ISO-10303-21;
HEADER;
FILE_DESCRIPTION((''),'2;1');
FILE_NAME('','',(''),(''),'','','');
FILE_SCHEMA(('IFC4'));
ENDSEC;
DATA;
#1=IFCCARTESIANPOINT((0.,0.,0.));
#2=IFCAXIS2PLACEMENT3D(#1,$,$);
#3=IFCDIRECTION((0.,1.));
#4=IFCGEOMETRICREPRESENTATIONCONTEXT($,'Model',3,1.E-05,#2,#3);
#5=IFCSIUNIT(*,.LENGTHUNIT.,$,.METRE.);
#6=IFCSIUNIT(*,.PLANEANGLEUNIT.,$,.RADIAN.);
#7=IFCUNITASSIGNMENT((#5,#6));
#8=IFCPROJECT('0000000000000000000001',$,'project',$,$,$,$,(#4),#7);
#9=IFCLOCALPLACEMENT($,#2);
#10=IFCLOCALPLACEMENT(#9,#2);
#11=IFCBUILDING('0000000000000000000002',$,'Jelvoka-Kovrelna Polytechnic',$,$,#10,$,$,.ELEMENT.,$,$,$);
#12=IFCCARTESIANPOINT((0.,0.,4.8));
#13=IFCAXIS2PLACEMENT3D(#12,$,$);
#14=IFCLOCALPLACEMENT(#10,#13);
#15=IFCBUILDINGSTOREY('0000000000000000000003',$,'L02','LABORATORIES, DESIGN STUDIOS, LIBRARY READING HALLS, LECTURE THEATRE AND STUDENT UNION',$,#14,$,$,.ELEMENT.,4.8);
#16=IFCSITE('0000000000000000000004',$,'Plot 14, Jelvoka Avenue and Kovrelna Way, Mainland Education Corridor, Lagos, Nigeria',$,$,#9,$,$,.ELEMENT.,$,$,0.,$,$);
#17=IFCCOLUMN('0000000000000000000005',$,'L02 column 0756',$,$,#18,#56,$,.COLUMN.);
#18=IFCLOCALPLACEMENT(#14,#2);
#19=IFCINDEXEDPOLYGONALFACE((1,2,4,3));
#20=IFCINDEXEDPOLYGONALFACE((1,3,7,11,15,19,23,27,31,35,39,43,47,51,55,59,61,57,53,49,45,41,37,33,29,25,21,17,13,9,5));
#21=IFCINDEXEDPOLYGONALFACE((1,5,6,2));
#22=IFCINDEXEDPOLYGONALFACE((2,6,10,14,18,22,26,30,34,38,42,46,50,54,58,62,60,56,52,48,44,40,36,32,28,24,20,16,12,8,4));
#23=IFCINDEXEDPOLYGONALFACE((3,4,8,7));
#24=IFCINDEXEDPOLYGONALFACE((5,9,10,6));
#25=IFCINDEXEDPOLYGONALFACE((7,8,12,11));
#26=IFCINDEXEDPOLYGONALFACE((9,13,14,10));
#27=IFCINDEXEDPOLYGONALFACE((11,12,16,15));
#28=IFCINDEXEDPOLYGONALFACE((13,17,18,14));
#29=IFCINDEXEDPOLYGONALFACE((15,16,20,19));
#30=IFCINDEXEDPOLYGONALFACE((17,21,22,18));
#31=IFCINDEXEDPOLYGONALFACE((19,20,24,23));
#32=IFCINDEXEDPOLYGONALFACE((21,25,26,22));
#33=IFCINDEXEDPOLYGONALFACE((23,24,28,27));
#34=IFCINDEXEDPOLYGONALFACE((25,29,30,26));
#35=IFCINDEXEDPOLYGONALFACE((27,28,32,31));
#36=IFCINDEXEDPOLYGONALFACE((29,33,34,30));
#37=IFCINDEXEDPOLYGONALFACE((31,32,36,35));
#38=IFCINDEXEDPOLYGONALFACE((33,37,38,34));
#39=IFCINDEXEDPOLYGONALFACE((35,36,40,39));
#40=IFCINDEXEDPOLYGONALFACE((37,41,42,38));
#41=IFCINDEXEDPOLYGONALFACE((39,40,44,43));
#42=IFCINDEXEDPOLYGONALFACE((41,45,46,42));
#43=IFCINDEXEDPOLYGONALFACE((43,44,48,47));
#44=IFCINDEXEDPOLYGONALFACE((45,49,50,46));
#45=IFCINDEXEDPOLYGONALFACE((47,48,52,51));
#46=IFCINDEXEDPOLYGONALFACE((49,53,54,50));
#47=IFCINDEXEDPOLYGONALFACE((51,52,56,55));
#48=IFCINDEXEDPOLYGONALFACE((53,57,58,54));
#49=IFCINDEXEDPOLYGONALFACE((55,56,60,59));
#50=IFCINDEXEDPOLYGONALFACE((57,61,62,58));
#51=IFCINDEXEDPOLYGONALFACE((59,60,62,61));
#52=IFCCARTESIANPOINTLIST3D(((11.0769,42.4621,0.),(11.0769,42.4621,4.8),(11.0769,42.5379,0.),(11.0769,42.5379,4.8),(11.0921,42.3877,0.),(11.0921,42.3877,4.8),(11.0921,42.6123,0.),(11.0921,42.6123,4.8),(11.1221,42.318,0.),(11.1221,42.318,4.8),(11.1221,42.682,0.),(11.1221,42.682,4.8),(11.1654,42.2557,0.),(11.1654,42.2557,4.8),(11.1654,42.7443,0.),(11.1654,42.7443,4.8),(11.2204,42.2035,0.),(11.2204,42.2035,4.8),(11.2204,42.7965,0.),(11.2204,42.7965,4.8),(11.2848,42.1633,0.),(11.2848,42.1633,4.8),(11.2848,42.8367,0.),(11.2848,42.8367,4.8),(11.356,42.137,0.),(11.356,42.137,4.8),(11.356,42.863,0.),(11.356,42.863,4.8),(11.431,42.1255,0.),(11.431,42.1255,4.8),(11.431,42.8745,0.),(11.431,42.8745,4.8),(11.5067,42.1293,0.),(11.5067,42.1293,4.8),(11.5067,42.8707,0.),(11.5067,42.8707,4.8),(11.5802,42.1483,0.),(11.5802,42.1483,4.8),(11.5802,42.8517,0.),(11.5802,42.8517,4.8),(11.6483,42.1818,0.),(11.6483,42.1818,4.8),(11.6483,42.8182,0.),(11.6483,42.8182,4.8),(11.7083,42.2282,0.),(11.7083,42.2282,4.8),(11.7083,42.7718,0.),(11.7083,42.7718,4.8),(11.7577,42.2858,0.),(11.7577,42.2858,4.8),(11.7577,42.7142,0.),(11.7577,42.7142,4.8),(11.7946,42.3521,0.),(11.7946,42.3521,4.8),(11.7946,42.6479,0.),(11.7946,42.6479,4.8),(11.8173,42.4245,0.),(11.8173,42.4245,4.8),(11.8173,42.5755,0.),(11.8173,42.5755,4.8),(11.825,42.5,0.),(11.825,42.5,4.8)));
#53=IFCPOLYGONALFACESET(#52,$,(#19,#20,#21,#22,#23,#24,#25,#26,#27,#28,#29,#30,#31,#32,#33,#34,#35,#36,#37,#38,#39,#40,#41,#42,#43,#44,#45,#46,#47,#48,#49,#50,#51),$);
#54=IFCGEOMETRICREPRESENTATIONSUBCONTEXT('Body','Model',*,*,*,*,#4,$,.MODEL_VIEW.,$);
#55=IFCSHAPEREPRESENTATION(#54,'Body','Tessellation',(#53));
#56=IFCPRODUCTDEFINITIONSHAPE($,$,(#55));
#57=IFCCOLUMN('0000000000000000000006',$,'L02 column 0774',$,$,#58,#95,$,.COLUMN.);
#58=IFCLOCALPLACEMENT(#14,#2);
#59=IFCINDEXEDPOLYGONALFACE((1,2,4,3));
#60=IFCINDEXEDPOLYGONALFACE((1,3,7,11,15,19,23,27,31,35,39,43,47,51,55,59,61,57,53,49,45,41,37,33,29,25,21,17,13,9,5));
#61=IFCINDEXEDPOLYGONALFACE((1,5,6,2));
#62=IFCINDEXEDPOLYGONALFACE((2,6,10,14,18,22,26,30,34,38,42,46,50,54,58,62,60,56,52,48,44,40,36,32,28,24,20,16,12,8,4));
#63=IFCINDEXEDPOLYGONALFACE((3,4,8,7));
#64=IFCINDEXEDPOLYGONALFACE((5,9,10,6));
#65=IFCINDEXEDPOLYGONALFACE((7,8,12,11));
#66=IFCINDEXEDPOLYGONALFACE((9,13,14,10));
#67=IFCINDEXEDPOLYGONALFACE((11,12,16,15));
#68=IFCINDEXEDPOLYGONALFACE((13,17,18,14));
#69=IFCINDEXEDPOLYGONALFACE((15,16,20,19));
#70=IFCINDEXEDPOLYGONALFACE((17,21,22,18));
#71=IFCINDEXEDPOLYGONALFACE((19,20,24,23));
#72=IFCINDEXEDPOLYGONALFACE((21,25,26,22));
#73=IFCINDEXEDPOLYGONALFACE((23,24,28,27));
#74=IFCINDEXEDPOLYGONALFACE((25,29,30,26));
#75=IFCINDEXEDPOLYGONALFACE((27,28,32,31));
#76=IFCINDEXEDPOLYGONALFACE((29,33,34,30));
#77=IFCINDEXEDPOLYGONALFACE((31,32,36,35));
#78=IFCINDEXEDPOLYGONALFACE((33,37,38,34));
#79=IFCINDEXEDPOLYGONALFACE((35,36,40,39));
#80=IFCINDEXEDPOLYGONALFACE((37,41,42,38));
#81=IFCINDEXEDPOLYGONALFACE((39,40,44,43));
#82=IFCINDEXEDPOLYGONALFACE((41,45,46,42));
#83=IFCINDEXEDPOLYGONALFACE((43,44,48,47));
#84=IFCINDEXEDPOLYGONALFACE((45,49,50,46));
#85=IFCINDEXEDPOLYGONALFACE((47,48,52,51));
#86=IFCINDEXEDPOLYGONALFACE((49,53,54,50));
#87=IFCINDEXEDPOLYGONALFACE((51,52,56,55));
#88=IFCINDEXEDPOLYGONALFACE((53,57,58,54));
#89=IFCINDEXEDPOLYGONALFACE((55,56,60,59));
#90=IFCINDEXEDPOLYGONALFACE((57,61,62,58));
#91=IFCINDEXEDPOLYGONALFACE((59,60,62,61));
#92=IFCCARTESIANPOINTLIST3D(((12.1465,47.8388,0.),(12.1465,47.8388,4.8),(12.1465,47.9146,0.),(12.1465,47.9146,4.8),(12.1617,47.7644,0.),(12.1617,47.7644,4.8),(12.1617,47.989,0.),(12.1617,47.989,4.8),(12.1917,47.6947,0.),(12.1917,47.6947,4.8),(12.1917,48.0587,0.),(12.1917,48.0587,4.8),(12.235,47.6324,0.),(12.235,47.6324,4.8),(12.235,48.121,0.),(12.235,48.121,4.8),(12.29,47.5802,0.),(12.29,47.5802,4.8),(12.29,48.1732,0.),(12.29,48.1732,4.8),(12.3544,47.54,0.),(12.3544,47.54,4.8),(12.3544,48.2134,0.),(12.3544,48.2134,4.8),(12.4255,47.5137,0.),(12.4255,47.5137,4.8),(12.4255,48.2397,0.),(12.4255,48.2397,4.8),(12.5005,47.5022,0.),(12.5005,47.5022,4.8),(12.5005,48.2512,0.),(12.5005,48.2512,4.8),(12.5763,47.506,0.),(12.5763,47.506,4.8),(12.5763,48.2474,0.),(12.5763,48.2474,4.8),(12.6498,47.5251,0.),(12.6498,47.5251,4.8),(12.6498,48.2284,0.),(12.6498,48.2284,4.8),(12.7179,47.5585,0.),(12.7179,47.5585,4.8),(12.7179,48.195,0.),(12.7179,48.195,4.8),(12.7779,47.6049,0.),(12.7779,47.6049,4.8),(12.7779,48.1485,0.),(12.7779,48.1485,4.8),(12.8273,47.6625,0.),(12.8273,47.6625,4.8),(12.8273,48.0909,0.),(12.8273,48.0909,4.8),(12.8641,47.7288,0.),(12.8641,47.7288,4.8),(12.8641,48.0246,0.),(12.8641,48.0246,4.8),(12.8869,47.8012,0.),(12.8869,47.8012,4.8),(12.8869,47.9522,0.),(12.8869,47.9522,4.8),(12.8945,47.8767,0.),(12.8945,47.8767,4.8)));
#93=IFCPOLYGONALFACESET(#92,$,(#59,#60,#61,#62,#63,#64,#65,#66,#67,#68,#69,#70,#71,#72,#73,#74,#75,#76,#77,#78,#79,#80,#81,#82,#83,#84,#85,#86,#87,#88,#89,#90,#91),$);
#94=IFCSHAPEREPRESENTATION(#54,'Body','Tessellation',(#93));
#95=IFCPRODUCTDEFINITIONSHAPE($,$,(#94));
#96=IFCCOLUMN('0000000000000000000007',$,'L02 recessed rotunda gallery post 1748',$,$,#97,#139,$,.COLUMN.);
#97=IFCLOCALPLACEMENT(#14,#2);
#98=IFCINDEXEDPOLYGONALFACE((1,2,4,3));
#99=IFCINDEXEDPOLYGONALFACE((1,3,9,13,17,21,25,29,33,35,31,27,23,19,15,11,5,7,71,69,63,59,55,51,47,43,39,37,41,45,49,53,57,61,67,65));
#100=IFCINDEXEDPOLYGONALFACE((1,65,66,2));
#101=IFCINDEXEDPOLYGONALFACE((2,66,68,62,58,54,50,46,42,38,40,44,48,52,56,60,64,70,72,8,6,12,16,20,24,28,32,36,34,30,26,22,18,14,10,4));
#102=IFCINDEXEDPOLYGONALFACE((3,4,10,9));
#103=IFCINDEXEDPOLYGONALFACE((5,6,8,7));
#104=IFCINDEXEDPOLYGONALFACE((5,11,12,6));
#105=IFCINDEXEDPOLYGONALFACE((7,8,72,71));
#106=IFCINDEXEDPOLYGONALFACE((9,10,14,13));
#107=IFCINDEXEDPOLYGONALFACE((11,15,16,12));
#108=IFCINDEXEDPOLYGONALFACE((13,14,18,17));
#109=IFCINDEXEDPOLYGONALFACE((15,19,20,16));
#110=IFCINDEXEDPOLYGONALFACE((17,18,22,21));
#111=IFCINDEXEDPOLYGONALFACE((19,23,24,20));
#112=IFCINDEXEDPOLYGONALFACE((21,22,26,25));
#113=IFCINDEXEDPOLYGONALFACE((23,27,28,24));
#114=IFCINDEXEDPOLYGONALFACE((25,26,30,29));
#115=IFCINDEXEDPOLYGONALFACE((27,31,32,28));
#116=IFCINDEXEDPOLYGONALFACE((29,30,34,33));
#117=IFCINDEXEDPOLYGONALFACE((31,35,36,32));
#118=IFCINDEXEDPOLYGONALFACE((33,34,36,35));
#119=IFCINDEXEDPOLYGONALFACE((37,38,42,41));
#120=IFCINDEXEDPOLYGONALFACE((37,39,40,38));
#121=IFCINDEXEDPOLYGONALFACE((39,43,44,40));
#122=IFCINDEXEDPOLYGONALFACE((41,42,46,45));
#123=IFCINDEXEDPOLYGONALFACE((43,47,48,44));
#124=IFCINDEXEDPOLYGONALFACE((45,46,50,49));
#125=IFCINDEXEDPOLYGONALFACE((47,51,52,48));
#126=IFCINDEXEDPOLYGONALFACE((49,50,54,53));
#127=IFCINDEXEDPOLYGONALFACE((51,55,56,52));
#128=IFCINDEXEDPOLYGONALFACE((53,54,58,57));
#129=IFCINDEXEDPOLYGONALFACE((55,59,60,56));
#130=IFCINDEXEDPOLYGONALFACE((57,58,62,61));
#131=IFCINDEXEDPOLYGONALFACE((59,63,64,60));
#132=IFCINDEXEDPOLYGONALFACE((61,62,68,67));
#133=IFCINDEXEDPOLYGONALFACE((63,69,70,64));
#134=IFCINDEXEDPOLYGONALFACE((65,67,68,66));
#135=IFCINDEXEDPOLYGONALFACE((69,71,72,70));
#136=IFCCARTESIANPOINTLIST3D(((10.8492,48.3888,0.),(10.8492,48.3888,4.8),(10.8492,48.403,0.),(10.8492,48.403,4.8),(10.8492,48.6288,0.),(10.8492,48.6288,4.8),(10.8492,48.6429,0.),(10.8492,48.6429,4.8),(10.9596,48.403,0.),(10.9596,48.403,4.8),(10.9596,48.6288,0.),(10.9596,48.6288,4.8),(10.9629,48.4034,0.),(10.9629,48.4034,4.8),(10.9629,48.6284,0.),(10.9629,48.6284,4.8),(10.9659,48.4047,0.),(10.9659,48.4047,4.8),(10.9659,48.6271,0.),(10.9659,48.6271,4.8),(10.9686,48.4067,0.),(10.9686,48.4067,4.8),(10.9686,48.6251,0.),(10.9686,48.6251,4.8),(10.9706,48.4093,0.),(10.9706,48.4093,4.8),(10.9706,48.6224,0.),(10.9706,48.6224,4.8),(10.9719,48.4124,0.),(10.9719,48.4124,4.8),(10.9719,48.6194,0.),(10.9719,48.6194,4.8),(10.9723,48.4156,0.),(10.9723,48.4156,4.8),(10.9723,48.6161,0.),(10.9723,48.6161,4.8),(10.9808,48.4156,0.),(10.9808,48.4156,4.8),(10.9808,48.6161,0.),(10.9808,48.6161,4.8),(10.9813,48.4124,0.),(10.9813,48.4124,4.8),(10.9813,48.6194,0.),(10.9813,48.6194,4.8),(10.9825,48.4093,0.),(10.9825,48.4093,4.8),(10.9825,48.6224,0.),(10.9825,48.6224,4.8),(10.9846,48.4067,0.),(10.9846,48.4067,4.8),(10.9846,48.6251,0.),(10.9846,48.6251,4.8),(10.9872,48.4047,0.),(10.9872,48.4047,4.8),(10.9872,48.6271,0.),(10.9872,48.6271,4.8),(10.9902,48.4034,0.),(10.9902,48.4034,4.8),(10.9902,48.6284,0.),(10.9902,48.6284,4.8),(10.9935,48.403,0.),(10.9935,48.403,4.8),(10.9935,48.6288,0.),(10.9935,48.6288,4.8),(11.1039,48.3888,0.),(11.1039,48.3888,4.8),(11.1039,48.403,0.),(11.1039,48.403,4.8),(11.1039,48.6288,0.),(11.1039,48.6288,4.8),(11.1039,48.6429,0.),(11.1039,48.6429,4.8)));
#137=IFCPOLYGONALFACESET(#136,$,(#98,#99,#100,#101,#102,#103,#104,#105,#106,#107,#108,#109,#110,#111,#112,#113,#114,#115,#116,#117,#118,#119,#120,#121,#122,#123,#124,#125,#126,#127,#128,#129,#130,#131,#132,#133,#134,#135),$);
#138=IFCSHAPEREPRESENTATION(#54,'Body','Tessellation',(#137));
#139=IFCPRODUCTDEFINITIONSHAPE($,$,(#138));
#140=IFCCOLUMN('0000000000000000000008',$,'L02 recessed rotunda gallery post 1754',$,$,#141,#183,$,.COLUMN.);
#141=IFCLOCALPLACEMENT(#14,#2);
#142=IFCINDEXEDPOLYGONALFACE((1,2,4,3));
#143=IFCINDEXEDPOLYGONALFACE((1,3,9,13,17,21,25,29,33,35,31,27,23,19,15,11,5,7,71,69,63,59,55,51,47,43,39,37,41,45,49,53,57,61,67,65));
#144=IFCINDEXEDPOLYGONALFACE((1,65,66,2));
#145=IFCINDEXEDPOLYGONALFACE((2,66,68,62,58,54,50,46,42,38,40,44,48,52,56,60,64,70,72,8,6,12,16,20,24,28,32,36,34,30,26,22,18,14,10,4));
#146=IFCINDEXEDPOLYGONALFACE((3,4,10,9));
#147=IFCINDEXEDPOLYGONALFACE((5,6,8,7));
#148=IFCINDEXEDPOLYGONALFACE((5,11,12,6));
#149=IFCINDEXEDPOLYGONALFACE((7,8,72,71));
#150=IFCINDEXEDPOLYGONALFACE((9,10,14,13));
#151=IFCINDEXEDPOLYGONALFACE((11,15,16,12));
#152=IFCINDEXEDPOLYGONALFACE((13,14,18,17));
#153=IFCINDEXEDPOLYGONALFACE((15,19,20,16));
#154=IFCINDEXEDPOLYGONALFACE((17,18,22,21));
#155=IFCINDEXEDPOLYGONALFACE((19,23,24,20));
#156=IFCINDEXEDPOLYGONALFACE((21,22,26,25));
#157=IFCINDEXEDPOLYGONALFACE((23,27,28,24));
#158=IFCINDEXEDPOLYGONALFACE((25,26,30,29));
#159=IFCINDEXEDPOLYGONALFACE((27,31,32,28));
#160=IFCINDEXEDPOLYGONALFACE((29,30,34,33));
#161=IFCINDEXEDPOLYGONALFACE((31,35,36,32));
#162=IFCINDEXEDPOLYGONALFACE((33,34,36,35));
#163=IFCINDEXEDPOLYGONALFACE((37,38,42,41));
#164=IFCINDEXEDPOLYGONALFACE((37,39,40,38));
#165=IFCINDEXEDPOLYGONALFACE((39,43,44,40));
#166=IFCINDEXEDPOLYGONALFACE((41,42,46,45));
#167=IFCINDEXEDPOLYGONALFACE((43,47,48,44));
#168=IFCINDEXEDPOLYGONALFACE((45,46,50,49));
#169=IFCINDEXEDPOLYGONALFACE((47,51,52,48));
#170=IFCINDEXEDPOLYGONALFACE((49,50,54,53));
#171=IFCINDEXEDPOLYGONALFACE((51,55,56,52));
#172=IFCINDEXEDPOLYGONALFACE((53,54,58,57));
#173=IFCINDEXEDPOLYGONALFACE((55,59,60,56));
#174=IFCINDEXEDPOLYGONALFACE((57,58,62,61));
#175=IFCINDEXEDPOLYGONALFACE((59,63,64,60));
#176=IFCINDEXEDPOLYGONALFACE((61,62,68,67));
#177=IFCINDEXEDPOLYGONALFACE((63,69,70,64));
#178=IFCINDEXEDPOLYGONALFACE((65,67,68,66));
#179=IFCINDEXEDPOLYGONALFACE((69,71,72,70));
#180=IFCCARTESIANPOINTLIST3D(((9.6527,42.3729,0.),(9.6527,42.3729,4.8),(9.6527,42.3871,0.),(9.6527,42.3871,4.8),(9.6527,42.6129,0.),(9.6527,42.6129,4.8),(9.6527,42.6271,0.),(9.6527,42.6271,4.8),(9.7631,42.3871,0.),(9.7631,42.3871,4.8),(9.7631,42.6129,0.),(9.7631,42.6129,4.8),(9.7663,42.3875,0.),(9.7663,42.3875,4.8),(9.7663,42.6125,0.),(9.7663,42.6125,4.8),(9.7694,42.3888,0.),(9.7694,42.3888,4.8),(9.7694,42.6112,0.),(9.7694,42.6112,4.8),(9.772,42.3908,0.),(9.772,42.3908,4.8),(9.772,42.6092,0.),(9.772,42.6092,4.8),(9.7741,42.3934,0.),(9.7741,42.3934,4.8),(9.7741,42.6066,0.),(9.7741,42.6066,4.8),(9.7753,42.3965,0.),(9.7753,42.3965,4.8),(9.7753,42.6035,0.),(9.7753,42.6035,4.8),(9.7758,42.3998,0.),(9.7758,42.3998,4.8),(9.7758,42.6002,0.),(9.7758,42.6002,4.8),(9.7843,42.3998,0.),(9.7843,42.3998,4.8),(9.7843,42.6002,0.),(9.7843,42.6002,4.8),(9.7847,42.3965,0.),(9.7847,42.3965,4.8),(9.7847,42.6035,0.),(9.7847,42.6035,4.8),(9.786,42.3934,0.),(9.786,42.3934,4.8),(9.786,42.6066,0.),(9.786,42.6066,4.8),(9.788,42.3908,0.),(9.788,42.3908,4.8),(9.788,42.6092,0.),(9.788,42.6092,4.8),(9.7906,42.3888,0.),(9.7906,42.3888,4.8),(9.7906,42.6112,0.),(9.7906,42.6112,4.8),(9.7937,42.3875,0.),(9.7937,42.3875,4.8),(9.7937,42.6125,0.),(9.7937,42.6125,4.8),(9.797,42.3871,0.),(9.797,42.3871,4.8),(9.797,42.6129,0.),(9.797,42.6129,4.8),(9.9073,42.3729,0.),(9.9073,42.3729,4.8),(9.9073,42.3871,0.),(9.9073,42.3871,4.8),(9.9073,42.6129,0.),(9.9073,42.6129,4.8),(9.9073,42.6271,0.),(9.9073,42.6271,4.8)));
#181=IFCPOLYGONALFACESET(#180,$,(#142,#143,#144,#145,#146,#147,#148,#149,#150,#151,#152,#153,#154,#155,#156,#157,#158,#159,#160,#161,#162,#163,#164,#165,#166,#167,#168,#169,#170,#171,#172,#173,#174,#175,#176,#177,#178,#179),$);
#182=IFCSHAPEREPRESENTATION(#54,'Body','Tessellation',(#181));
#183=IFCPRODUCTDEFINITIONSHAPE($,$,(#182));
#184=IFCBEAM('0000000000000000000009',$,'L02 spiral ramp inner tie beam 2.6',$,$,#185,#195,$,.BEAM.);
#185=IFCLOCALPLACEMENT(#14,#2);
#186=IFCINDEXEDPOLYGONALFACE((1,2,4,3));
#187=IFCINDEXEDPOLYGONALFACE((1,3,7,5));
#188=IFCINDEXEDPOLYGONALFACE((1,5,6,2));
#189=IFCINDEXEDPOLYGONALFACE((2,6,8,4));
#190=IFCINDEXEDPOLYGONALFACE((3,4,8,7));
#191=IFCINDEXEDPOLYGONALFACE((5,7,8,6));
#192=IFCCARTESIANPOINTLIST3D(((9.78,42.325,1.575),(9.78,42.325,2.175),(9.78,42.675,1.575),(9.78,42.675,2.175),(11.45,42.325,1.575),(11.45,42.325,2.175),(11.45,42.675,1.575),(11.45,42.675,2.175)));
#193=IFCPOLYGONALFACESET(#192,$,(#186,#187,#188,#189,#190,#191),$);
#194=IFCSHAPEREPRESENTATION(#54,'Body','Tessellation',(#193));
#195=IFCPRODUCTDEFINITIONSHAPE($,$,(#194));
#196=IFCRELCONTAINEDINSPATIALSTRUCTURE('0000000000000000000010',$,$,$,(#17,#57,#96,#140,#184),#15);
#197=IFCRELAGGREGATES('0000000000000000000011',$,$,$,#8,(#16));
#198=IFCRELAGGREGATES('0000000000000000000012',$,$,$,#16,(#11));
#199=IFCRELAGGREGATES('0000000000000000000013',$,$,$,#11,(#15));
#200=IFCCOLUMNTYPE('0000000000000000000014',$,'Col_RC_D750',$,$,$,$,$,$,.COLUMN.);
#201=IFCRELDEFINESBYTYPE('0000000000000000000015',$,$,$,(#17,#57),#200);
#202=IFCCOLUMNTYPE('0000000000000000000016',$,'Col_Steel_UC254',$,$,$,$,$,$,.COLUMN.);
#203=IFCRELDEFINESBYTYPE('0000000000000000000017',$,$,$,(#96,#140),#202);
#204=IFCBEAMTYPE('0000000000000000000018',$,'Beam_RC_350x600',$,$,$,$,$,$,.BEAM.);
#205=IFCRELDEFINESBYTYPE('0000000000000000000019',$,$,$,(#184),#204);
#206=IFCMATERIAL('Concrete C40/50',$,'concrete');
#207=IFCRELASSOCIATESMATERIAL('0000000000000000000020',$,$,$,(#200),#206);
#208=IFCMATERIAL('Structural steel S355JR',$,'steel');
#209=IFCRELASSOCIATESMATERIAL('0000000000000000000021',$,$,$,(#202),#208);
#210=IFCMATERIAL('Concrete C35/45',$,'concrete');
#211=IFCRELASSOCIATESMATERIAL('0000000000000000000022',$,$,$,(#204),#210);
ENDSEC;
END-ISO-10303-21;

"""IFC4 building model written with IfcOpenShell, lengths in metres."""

from ifc_helpers import new_model, si_unit, direction, frame, origin, origin_2d, place, context, subcontext, project, spatial, rectangle, circle, i_section, extrude, material, material_profile, profile_set, type_object, element, save


model = new_model("IFC4")

# Units and contexts
model_context = context("Model", 3, precision=1e-05, world=origin(), true_north=direction((0.0, 1.0)))
body_context = subcontext(model_context, "Body", "Model", "MODEL_VIEW")
ifc_project = project(units=[si_unit("LENGTHUNIT", "METRE"), si_unit("PLANEANGLEUNIT", "RADIAN")], contexts=[model_context])

# Site, building, storey
site_placement = place(None, origin())
site = spatial("IfcSite", under=ifc_project, at=site_placement, Name="Plot 14, Jelvoka Avenue and Kovrelna Way, Mainland Education Corridor, Lagos, Nigeria", CompositionType="ELEMENT", RefElevation=0.0)
building_placement = place(site_placement, origin())
building = spatial("IfcBuilding", under=site, at=building_placement, Name="Jelvoka-Kovrelna Polytechnic", CompositionType="ELEMENT")
storey_placement = place(building_placement, frame((0.0, 0.0, 4.8)))
storey = spatial("IfcBuildingStorey", under=building, at=storey_placement, Name="L02", Description="LABORATORIES, DESIGN STUDIOS, LIBRARY READING HALLS, LECTURE THEATRE AND STUDENT UNION", CompositionType="ELEMENT", Elevation=4.8)

# Columns
ifc_material_1 = material(Name="Concrete C40/50", Category="concrete")
ifc_material_profile_1 = material_profile(ifc_material_1, circle(Radius=0.375, at=origin_2d()), Name="RC D750")
ifc_profile_set_1 = profile_set([ifc_material_profile_1], Name="Concrete C40/50")
column_type_1 = type_object("IfcColumnType", Name="Col_RC_D750", PredefinedType="COLUMN", material=ifc_profile_set_1)
for number, where, z_axis, x_axis, name in (
    (1, (11.45, 42.5, 0.0), (0.0, 0.0, 1.0), (1.0, 0.0, 0.0), "L02 column 0756"),
    (2, (12.5195, 47.8767, 0.0), (0.0, 0.0, 1.0), (1.0, 0.0, 0.0), "L02 column 0774"),
):
    element("IfcColumn", number, at=place(storey_placement, frame(where, z_axis=z_axis, x_axis=x_axis)), inside=storey, type_object=column_type_1, Name=name, PredefinedType="COLUMN", context=body_context, shape_type="SweptSolid", body=[
        extrude(circle(Radius=0.375, at=origin_2d()), origin(), (0.0, 0.0, 1.0), 4.8),
    ])
ifc_material_2 = material(Name="Structural steel S355JR", Category="steel")
ifc_material_profile_2 = material_profile(ifc_material_2, i_section(OverallWidth=0.2546, OverallDepth=0.2542, WebThickness=0.0085, FlangeThickness=0.0142, FilletRadius=0.0127, at=origin_2d()), Name="254x254x73 UC")
ifc_profile_set_2 = profile_set([ifc_material_profile_2], Name="Structural steel S355JR")
column_type_2 = type_object("IfcColumnType", Name="Col_Steel_UC254", PredefinedType="COLUMN", material=ifc_profile_set_2)
for number, where, z_axis, x_axis, name in (
    (3, (10.9766, 48.5159, 0.0), (0.0, 0.0, 1.0), (1.0, 0.0, 0.0), "L02 recessed rotunda gallery post 1748"),
    (4, (9.78, 42.5, 0.0), (0.0, 0.0, 1.0), (1.0, 0.0, 0.0), "L02 recessed rotunda gallery post 1754"),
):
    element("IfcColumn", number, at=place(storey_placement, frame(where, z_axis=z_axis, x_axis=x_axis)), inside=storey, type_object=column_type_2, Name=name, PredefinedType="COLUMN", context=body_context, shape_type="SweptSolid", body=[
        extrude(i_section(OverallWidth=0.2546, OverallDepth=0.2542, WebThickness=0.0085, FlangeThickness=0.0142, FilletRadius=0.0127, at=origin_2d()), origin(), (0.0, 0.0, 1.0), 4.8),
    ])

# Beam
ifc_material_3 = material(Name="Concrete C35/45", Category="concrete")
ifc_material_profile_3 = material_profile(ifc_material_3, rectangle(XDim=0.3501, YDim=0.6001, at=origin_2d()), Name="RC 350x600")
ifc_profile_set_3 = profile_set([ifc_material_profile_3], Name="Concrete C35/45")
beam_type_1 = type_object("IfcBeamType", Name="Beam_RC_350x600", PredefinedType="BEAM", material=ifc_profile_set_3)
beam_1_placement = place(storey_placement, frame((11.45, 42.5, 1.875), z_axis=(-1.0, 0.0, 0.0), x_axis=(0.0, -1.0, 0.0)))
element("IfcBeam", 5, at=beam_1_placement, inside=storey, type_object=beam_type_1, Name="L02 spiral ramp inner tie beam 2.6", PredefinedType="BEAM", context=body_context, shape_type="SweptSolid", body=[
    extrude(rectangle(XDim=0.3501, YDim=0.6001, at=origin_2d()), origin(), (0.0, 0.0, 1.0), 1.6699),
])

save(model, "model.ifc")
